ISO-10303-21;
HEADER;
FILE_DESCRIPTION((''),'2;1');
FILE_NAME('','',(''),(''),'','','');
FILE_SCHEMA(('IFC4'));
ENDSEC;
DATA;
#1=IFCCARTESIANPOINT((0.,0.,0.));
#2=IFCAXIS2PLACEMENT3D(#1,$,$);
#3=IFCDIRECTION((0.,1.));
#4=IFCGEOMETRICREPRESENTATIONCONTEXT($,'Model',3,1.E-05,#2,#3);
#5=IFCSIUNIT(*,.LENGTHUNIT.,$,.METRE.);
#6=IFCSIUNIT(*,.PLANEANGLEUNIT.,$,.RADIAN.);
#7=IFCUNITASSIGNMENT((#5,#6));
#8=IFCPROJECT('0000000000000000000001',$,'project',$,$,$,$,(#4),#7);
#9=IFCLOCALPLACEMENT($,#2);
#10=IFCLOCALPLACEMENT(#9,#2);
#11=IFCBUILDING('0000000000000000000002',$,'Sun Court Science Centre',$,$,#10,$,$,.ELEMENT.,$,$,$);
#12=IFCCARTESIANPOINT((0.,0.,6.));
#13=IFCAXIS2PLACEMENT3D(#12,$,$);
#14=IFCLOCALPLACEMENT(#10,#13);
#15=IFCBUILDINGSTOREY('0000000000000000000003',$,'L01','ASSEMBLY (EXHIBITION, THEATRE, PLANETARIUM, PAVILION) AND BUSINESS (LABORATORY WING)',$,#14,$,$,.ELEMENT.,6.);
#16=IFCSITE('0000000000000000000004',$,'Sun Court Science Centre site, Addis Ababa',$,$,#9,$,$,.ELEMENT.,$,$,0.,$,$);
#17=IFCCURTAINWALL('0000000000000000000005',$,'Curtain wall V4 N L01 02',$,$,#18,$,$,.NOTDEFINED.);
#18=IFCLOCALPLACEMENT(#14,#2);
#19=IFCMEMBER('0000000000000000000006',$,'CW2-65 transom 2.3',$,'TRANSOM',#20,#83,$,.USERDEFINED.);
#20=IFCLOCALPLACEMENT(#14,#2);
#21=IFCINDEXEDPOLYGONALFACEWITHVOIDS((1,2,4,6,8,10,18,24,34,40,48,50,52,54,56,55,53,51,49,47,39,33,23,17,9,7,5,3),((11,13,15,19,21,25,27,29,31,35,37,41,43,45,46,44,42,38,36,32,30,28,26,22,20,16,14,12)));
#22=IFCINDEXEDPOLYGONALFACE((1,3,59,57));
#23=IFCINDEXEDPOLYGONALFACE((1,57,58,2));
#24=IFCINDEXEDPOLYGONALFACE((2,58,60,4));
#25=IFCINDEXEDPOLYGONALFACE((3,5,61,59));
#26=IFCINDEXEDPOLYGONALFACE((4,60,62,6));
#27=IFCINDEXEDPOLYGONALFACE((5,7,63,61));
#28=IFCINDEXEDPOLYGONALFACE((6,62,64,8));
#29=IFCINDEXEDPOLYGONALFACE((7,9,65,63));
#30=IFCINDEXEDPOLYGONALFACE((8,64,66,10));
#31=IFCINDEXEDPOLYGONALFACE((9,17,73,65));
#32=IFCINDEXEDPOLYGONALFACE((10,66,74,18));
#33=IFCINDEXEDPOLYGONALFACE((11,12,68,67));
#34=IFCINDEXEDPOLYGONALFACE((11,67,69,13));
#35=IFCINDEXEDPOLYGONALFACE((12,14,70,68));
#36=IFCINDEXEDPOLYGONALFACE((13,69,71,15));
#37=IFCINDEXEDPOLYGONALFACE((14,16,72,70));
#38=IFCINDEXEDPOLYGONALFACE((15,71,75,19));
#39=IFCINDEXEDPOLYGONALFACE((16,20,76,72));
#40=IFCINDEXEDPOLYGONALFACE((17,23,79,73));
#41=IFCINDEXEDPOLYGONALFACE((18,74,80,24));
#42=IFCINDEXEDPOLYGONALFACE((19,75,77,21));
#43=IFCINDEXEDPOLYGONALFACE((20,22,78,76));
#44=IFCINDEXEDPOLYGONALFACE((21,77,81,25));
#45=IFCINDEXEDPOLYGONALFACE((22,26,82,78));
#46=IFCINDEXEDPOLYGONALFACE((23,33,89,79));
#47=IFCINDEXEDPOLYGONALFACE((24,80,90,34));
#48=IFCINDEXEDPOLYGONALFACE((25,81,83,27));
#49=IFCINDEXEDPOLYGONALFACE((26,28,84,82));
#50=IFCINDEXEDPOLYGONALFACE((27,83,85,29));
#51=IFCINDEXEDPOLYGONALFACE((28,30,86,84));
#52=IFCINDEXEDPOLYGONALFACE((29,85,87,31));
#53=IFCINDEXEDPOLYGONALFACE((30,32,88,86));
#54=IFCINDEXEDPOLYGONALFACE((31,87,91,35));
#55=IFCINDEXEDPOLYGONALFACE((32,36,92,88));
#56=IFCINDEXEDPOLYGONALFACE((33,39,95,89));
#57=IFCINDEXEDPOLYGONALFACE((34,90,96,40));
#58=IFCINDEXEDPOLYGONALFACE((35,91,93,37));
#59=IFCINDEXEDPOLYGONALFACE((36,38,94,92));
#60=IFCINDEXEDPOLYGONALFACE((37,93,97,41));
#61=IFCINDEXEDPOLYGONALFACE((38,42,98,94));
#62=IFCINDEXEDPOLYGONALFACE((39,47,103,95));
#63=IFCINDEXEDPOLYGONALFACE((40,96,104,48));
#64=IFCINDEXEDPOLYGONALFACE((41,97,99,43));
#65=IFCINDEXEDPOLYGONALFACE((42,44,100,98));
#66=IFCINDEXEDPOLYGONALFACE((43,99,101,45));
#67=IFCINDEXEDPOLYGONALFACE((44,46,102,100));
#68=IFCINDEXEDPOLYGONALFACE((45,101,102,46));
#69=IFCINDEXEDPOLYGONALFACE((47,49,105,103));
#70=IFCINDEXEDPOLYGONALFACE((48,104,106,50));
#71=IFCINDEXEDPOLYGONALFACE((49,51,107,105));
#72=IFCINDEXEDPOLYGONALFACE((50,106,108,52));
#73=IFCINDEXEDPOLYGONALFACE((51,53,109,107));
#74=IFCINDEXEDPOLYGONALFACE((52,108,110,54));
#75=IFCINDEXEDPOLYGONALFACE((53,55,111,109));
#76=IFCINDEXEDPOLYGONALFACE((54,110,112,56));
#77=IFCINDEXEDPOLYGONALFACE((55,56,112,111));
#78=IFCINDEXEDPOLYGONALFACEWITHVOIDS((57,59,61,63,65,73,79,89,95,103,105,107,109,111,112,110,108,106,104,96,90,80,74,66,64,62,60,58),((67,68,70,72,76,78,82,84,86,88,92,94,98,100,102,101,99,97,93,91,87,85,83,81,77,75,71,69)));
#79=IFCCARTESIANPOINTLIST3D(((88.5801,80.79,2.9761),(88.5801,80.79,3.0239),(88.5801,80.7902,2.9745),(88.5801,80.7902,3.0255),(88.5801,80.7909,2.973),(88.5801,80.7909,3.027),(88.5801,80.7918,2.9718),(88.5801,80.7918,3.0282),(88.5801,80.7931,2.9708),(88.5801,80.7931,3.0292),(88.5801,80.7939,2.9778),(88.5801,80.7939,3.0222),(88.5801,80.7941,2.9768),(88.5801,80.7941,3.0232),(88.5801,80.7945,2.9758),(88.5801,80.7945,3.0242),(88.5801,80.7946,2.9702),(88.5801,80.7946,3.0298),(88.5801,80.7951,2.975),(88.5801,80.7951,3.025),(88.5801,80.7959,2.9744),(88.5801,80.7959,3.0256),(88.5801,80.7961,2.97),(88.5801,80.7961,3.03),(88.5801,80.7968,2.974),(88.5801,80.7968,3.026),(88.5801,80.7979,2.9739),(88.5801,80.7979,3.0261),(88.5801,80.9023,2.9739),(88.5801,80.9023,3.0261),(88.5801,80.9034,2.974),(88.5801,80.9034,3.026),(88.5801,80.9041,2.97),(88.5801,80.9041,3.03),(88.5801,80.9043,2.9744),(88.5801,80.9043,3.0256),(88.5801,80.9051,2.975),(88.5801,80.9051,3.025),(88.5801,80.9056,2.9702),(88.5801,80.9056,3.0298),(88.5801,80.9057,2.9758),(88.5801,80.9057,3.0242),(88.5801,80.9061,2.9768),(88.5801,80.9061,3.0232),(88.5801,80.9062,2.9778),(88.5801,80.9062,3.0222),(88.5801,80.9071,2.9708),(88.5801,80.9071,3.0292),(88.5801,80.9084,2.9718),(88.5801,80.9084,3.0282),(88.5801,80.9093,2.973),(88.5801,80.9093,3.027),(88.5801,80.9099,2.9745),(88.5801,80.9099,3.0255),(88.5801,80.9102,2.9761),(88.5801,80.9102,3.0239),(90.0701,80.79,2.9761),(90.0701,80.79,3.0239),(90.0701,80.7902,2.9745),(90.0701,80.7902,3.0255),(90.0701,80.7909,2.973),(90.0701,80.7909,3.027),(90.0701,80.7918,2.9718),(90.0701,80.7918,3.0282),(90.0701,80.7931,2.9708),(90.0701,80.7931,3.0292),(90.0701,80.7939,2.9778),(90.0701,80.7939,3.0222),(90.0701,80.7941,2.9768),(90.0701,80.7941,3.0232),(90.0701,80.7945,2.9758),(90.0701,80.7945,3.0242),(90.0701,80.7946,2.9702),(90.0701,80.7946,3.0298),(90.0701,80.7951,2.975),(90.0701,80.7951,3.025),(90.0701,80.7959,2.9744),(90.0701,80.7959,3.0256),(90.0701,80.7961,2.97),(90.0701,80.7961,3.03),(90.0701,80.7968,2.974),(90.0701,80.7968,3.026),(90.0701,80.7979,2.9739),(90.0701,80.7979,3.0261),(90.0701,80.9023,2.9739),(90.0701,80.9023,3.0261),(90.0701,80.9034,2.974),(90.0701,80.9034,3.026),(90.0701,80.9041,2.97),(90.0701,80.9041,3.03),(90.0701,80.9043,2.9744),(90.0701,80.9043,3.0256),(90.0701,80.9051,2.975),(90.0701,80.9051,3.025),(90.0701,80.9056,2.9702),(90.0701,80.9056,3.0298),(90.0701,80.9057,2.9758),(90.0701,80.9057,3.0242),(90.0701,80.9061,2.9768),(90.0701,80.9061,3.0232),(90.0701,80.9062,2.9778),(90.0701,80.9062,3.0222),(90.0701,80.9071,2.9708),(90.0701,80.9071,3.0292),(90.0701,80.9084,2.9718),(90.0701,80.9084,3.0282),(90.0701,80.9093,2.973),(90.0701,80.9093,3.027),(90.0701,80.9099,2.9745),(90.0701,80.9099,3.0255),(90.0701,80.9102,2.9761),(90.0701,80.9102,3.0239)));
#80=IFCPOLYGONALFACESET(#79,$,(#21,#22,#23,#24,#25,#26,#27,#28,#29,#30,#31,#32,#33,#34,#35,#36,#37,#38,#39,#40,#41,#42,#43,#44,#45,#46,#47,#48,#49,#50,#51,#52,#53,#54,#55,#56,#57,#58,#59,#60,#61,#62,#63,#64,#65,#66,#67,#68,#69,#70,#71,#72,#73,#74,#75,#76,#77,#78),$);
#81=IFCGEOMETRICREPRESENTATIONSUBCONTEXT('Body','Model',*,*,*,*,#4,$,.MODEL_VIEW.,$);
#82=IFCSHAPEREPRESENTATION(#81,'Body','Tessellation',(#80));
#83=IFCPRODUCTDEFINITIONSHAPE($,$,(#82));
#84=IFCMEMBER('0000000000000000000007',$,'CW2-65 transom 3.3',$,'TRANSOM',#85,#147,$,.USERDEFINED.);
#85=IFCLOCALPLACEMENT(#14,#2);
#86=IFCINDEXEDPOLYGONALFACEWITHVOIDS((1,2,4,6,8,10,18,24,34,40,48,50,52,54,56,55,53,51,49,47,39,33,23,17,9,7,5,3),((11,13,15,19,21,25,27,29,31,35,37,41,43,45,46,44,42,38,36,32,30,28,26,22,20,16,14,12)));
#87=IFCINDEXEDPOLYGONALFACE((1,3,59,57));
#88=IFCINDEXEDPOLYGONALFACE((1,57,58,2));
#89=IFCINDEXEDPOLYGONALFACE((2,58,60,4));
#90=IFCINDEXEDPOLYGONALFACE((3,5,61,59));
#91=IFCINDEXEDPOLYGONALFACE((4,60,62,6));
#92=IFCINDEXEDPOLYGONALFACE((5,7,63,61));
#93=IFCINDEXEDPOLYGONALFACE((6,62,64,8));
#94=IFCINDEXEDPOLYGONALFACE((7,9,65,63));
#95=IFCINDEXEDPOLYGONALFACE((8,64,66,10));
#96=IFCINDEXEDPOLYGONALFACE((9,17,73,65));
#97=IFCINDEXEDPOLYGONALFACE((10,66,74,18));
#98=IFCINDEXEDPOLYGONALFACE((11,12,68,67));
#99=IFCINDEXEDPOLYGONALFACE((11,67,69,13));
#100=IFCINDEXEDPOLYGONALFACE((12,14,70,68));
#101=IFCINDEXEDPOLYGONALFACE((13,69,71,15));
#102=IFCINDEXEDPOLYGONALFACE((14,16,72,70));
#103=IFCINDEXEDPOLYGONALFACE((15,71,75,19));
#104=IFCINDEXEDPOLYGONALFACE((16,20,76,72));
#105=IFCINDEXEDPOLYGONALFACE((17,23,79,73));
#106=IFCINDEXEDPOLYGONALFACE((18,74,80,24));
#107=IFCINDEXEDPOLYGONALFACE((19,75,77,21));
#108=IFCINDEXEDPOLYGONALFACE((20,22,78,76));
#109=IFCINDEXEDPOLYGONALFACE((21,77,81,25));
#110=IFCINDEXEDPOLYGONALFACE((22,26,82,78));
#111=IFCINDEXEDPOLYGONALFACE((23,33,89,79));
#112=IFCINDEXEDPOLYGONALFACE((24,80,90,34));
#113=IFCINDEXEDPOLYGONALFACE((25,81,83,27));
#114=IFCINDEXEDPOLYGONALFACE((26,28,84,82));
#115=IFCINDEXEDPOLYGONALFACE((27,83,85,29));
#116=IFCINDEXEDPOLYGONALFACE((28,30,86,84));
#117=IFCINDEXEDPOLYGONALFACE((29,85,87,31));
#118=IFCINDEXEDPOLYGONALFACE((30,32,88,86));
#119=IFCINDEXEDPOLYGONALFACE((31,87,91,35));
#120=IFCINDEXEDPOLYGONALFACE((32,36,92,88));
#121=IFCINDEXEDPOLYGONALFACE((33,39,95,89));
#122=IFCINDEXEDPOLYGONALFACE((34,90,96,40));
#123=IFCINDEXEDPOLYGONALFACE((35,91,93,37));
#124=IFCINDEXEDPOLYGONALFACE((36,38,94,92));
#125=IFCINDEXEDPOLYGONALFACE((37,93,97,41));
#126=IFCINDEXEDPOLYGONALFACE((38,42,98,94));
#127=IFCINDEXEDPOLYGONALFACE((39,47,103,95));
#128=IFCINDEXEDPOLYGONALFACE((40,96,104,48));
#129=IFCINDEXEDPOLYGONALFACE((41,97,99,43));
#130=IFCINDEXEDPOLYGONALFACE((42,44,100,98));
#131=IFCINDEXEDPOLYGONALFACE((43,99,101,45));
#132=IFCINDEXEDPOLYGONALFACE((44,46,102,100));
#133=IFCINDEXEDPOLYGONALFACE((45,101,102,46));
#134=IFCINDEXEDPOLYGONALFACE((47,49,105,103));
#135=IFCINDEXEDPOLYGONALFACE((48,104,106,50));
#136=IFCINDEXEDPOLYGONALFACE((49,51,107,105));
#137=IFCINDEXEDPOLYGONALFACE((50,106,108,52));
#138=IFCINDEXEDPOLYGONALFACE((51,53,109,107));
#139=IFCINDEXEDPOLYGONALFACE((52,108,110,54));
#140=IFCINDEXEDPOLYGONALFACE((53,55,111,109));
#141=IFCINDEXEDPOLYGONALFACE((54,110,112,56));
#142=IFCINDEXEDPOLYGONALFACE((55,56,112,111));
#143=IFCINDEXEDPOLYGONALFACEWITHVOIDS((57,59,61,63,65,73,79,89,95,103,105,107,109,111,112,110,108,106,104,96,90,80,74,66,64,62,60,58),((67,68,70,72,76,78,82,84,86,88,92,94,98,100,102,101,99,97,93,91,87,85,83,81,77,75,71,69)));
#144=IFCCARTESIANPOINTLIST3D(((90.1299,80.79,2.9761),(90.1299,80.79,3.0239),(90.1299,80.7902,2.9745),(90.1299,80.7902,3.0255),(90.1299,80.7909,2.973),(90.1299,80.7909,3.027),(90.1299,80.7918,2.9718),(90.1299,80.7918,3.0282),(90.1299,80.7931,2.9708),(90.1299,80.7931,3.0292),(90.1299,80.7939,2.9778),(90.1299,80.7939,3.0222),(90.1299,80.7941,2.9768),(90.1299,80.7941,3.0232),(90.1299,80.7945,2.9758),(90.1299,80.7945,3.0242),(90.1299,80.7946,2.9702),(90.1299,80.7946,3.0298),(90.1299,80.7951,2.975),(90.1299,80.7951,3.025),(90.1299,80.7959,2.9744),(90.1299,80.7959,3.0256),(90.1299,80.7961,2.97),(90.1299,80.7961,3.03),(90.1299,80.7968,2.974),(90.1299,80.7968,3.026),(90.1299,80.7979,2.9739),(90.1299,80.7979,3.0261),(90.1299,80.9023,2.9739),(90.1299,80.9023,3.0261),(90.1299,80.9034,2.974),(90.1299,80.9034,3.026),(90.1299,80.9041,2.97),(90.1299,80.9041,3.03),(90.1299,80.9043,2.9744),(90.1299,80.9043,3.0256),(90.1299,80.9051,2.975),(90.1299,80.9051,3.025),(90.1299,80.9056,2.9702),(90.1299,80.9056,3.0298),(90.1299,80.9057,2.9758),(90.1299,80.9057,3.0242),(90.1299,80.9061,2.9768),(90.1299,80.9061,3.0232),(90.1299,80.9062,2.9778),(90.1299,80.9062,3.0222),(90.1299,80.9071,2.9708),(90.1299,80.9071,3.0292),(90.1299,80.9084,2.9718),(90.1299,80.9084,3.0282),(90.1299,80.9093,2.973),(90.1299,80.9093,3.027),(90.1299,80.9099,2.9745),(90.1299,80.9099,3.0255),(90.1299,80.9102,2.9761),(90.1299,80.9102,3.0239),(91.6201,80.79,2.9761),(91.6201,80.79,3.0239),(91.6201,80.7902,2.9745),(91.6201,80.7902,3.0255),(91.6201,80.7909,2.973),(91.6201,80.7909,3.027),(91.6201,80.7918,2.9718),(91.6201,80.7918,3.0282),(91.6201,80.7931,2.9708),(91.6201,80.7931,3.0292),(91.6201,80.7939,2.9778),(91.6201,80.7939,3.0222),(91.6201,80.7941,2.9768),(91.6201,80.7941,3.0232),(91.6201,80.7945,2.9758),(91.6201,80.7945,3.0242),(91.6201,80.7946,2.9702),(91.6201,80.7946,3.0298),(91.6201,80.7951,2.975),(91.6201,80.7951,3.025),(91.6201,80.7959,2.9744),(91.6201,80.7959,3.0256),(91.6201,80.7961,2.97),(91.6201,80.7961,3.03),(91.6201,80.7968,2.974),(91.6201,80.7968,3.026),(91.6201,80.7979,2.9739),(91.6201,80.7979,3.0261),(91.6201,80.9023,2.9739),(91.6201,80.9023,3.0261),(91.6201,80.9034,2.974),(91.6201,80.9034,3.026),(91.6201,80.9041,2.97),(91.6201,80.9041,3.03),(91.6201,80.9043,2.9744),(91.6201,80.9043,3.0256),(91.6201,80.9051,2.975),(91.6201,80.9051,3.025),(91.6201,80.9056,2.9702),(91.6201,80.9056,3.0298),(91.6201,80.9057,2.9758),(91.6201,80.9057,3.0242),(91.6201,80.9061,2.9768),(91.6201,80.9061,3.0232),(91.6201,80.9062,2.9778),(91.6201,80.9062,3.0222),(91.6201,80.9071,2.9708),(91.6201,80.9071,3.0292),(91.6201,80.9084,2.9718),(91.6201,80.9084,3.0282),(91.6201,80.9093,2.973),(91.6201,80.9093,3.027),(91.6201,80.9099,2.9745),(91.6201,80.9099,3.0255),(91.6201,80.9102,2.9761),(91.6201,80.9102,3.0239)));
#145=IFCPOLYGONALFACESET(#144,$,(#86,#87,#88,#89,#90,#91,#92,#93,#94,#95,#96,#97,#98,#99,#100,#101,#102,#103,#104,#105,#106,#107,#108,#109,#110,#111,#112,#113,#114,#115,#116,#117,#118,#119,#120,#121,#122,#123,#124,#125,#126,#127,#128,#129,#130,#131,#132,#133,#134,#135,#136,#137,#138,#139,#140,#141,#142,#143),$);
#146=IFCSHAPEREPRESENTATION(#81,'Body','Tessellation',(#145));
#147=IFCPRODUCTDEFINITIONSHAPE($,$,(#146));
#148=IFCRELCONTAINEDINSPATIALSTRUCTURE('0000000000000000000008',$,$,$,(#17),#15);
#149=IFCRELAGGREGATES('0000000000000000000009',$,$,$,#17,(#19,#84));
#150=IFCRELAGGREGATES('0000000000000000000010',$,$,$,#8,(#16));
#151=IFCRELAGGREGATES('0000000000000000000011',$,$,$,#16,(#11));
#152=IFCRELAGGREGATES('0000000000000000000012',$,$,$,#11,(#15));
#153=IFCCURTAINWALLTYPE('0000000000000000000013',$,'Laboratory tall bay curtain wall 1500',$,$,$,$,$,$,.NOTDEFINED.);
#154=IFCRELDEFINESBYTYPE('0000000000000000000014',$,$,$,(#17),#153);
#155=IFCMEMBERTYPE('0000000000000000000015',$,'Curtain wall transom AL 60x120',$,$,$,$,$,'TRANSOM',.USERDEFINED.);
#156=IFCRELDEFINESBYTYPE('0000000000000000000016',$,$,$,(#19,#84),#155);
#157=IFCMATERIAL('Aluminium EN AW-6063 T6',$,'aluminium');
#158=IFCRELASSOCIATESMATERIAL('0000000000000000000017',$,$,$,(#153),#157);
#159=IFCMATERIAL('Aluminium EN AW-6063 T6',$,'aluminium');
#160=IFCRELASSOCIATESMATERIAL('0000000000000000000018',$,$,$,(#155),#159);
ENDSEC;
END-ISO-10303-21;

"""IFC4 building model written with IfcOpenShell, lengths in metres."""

from ifc_helpers import new_model, si_unit, direction, frame, origin, origin_2d, place, context, subcontext, project, spatial, hollow_rectangle, extrude, material, material_profile, profile_set, type_object, element, aggregate, save


model = new_model("IFC4")

# Units and contexts
model_context = context("Model", 3, precision=1e-05, world=origin(), true_north=direction((0.0, 1.0)))
body_context = subcontext(model_context, "Body", "Model", "MODEL_VIEW")
ifc_project = project(units=[si_unit("LENGTHUNIT", "METRE"), si_unit("PLANEANGLEUNIT", "RADIAN")], contexts=[model_context])

# Site, building, storey
site_placement = place(None, origin())
site = spatial("IfcSite", under=ifc_project, at=site_placement, Name="Sun Court Science Centre site, Addis Ababa", CompositionType="ELEMENT", RefElevation=0.0)
building_placement = place(site_placement, origin())
building = spatial("IfcBuilding", under=site, at=building_placement, Name="Sun Court Science Centre", CompositionType="ELEMENT")
storey_placement = place(building_placement, frame((0.0, 0.0, 6.0)))
storey = spatial("IfcBuildingStorey", under=building, at=storey_placement, Name="L01", Description="ASSEMBLY (EXHIBITION, THEATRE, PLANETARIUM, PAVILION) AND BUSINESS (LABORATORY WING)", CompositionType="ELEMENT", Elevation=6.0)

# Curtain wall, members
ifc_material_1 = material(Name="Aluminium EN AW-6063 T6", Category="aluminium")
curtain_wall_type = type_object("IfcCurtainWallType", Name="Laboratory tall bay curtain wall 1500", PredefinedType="NOTDEFINED", material=ifc_material_1)
curtain_wall_placement = place(storey_placement, origin())
curtain_wall = element("IfcCurtainWall", 1, at=curtain_wall_placement, inside=storey, type_object=curtain_wall_type, Name="Curtain wall V4 N L01 02", PredefinedType="NOTDEFINED")
ifc_material_2 = material(Name="Aluminium EN AW-6063 T6", Category="aluminium")
ifc_material_profile_1 = material_profile(ifc_material_2, hollow_rectangle(XDim=0.0601, YDim=0.1201, WallThickness=0.0039, InnerFilletRadius=0.0039, OuterFilletRadius=0.0061, at=origin_2d()), Name="AL 60x120x4")
ifc_profile_set_1 = profile_set([ifc_material_profile_1], Name="Aluminium EN AW-6063 T6")
member_type_1 = type_object("IfcMemberType", Name="Curtain wall transom AL 60x120", ElementType="TRANSOM", PredefinedType="USERDEFINED", material=ifc_profile_set_1)
member_1_placement = place(storey_placement, frame((88.5801, 80.8501, 3.0), z_axis=(1.0, 0.0, 0.0), x_axis=(0.0, 0.0, 1.0)))
member_1 = element("IfcMember", 2, at=member_1_placement, type_object=member_type_1, Name="CW2-65 transom 2.3", ObjectType="TRANSOM", PredefinedType="USERDEFINED", context=body_context, shape_type="SweptSolid", body=[
    extrude(hollow_rectangle(XDim=0.0601, YDim=0.1201, WallThickness=0.0039, InnerFilletRadius=0.0039, OuterFilletRadius=0.0061, at=origin_2d()), origin(), (0.0, 0.0, 1.0), 1.49),
])
member_2_placement = place(storey_placement, frame((90.1299, 80.8501, 3.0), z_axis=(1.0, 0.0, 0.0), x_axis=(0.0, 0.0, 1.0)))
member_2 = element("IfcMember", 3, at=member_2_placement, type_object=member_type_1, Name="CW2-65 transom 3.3", ObjectType="TRANSOM", PredefinedType="USERDEFINED", context=body_context, shape_type="SweptSolid", body=[
    extrude(hollow_rectangle(XDim=0.0601, YDim=0.1201, WallThickness=0.0039, InnerFilletRadius=0.0039, OuterFilletRadius=0.0061, at=origin_2d()), origin(), (0.0, 0.0, 1.0), 1.4902),
])
aggregate(curtain_wall, [member_1, member_2])

save(model, "model.ifc")
